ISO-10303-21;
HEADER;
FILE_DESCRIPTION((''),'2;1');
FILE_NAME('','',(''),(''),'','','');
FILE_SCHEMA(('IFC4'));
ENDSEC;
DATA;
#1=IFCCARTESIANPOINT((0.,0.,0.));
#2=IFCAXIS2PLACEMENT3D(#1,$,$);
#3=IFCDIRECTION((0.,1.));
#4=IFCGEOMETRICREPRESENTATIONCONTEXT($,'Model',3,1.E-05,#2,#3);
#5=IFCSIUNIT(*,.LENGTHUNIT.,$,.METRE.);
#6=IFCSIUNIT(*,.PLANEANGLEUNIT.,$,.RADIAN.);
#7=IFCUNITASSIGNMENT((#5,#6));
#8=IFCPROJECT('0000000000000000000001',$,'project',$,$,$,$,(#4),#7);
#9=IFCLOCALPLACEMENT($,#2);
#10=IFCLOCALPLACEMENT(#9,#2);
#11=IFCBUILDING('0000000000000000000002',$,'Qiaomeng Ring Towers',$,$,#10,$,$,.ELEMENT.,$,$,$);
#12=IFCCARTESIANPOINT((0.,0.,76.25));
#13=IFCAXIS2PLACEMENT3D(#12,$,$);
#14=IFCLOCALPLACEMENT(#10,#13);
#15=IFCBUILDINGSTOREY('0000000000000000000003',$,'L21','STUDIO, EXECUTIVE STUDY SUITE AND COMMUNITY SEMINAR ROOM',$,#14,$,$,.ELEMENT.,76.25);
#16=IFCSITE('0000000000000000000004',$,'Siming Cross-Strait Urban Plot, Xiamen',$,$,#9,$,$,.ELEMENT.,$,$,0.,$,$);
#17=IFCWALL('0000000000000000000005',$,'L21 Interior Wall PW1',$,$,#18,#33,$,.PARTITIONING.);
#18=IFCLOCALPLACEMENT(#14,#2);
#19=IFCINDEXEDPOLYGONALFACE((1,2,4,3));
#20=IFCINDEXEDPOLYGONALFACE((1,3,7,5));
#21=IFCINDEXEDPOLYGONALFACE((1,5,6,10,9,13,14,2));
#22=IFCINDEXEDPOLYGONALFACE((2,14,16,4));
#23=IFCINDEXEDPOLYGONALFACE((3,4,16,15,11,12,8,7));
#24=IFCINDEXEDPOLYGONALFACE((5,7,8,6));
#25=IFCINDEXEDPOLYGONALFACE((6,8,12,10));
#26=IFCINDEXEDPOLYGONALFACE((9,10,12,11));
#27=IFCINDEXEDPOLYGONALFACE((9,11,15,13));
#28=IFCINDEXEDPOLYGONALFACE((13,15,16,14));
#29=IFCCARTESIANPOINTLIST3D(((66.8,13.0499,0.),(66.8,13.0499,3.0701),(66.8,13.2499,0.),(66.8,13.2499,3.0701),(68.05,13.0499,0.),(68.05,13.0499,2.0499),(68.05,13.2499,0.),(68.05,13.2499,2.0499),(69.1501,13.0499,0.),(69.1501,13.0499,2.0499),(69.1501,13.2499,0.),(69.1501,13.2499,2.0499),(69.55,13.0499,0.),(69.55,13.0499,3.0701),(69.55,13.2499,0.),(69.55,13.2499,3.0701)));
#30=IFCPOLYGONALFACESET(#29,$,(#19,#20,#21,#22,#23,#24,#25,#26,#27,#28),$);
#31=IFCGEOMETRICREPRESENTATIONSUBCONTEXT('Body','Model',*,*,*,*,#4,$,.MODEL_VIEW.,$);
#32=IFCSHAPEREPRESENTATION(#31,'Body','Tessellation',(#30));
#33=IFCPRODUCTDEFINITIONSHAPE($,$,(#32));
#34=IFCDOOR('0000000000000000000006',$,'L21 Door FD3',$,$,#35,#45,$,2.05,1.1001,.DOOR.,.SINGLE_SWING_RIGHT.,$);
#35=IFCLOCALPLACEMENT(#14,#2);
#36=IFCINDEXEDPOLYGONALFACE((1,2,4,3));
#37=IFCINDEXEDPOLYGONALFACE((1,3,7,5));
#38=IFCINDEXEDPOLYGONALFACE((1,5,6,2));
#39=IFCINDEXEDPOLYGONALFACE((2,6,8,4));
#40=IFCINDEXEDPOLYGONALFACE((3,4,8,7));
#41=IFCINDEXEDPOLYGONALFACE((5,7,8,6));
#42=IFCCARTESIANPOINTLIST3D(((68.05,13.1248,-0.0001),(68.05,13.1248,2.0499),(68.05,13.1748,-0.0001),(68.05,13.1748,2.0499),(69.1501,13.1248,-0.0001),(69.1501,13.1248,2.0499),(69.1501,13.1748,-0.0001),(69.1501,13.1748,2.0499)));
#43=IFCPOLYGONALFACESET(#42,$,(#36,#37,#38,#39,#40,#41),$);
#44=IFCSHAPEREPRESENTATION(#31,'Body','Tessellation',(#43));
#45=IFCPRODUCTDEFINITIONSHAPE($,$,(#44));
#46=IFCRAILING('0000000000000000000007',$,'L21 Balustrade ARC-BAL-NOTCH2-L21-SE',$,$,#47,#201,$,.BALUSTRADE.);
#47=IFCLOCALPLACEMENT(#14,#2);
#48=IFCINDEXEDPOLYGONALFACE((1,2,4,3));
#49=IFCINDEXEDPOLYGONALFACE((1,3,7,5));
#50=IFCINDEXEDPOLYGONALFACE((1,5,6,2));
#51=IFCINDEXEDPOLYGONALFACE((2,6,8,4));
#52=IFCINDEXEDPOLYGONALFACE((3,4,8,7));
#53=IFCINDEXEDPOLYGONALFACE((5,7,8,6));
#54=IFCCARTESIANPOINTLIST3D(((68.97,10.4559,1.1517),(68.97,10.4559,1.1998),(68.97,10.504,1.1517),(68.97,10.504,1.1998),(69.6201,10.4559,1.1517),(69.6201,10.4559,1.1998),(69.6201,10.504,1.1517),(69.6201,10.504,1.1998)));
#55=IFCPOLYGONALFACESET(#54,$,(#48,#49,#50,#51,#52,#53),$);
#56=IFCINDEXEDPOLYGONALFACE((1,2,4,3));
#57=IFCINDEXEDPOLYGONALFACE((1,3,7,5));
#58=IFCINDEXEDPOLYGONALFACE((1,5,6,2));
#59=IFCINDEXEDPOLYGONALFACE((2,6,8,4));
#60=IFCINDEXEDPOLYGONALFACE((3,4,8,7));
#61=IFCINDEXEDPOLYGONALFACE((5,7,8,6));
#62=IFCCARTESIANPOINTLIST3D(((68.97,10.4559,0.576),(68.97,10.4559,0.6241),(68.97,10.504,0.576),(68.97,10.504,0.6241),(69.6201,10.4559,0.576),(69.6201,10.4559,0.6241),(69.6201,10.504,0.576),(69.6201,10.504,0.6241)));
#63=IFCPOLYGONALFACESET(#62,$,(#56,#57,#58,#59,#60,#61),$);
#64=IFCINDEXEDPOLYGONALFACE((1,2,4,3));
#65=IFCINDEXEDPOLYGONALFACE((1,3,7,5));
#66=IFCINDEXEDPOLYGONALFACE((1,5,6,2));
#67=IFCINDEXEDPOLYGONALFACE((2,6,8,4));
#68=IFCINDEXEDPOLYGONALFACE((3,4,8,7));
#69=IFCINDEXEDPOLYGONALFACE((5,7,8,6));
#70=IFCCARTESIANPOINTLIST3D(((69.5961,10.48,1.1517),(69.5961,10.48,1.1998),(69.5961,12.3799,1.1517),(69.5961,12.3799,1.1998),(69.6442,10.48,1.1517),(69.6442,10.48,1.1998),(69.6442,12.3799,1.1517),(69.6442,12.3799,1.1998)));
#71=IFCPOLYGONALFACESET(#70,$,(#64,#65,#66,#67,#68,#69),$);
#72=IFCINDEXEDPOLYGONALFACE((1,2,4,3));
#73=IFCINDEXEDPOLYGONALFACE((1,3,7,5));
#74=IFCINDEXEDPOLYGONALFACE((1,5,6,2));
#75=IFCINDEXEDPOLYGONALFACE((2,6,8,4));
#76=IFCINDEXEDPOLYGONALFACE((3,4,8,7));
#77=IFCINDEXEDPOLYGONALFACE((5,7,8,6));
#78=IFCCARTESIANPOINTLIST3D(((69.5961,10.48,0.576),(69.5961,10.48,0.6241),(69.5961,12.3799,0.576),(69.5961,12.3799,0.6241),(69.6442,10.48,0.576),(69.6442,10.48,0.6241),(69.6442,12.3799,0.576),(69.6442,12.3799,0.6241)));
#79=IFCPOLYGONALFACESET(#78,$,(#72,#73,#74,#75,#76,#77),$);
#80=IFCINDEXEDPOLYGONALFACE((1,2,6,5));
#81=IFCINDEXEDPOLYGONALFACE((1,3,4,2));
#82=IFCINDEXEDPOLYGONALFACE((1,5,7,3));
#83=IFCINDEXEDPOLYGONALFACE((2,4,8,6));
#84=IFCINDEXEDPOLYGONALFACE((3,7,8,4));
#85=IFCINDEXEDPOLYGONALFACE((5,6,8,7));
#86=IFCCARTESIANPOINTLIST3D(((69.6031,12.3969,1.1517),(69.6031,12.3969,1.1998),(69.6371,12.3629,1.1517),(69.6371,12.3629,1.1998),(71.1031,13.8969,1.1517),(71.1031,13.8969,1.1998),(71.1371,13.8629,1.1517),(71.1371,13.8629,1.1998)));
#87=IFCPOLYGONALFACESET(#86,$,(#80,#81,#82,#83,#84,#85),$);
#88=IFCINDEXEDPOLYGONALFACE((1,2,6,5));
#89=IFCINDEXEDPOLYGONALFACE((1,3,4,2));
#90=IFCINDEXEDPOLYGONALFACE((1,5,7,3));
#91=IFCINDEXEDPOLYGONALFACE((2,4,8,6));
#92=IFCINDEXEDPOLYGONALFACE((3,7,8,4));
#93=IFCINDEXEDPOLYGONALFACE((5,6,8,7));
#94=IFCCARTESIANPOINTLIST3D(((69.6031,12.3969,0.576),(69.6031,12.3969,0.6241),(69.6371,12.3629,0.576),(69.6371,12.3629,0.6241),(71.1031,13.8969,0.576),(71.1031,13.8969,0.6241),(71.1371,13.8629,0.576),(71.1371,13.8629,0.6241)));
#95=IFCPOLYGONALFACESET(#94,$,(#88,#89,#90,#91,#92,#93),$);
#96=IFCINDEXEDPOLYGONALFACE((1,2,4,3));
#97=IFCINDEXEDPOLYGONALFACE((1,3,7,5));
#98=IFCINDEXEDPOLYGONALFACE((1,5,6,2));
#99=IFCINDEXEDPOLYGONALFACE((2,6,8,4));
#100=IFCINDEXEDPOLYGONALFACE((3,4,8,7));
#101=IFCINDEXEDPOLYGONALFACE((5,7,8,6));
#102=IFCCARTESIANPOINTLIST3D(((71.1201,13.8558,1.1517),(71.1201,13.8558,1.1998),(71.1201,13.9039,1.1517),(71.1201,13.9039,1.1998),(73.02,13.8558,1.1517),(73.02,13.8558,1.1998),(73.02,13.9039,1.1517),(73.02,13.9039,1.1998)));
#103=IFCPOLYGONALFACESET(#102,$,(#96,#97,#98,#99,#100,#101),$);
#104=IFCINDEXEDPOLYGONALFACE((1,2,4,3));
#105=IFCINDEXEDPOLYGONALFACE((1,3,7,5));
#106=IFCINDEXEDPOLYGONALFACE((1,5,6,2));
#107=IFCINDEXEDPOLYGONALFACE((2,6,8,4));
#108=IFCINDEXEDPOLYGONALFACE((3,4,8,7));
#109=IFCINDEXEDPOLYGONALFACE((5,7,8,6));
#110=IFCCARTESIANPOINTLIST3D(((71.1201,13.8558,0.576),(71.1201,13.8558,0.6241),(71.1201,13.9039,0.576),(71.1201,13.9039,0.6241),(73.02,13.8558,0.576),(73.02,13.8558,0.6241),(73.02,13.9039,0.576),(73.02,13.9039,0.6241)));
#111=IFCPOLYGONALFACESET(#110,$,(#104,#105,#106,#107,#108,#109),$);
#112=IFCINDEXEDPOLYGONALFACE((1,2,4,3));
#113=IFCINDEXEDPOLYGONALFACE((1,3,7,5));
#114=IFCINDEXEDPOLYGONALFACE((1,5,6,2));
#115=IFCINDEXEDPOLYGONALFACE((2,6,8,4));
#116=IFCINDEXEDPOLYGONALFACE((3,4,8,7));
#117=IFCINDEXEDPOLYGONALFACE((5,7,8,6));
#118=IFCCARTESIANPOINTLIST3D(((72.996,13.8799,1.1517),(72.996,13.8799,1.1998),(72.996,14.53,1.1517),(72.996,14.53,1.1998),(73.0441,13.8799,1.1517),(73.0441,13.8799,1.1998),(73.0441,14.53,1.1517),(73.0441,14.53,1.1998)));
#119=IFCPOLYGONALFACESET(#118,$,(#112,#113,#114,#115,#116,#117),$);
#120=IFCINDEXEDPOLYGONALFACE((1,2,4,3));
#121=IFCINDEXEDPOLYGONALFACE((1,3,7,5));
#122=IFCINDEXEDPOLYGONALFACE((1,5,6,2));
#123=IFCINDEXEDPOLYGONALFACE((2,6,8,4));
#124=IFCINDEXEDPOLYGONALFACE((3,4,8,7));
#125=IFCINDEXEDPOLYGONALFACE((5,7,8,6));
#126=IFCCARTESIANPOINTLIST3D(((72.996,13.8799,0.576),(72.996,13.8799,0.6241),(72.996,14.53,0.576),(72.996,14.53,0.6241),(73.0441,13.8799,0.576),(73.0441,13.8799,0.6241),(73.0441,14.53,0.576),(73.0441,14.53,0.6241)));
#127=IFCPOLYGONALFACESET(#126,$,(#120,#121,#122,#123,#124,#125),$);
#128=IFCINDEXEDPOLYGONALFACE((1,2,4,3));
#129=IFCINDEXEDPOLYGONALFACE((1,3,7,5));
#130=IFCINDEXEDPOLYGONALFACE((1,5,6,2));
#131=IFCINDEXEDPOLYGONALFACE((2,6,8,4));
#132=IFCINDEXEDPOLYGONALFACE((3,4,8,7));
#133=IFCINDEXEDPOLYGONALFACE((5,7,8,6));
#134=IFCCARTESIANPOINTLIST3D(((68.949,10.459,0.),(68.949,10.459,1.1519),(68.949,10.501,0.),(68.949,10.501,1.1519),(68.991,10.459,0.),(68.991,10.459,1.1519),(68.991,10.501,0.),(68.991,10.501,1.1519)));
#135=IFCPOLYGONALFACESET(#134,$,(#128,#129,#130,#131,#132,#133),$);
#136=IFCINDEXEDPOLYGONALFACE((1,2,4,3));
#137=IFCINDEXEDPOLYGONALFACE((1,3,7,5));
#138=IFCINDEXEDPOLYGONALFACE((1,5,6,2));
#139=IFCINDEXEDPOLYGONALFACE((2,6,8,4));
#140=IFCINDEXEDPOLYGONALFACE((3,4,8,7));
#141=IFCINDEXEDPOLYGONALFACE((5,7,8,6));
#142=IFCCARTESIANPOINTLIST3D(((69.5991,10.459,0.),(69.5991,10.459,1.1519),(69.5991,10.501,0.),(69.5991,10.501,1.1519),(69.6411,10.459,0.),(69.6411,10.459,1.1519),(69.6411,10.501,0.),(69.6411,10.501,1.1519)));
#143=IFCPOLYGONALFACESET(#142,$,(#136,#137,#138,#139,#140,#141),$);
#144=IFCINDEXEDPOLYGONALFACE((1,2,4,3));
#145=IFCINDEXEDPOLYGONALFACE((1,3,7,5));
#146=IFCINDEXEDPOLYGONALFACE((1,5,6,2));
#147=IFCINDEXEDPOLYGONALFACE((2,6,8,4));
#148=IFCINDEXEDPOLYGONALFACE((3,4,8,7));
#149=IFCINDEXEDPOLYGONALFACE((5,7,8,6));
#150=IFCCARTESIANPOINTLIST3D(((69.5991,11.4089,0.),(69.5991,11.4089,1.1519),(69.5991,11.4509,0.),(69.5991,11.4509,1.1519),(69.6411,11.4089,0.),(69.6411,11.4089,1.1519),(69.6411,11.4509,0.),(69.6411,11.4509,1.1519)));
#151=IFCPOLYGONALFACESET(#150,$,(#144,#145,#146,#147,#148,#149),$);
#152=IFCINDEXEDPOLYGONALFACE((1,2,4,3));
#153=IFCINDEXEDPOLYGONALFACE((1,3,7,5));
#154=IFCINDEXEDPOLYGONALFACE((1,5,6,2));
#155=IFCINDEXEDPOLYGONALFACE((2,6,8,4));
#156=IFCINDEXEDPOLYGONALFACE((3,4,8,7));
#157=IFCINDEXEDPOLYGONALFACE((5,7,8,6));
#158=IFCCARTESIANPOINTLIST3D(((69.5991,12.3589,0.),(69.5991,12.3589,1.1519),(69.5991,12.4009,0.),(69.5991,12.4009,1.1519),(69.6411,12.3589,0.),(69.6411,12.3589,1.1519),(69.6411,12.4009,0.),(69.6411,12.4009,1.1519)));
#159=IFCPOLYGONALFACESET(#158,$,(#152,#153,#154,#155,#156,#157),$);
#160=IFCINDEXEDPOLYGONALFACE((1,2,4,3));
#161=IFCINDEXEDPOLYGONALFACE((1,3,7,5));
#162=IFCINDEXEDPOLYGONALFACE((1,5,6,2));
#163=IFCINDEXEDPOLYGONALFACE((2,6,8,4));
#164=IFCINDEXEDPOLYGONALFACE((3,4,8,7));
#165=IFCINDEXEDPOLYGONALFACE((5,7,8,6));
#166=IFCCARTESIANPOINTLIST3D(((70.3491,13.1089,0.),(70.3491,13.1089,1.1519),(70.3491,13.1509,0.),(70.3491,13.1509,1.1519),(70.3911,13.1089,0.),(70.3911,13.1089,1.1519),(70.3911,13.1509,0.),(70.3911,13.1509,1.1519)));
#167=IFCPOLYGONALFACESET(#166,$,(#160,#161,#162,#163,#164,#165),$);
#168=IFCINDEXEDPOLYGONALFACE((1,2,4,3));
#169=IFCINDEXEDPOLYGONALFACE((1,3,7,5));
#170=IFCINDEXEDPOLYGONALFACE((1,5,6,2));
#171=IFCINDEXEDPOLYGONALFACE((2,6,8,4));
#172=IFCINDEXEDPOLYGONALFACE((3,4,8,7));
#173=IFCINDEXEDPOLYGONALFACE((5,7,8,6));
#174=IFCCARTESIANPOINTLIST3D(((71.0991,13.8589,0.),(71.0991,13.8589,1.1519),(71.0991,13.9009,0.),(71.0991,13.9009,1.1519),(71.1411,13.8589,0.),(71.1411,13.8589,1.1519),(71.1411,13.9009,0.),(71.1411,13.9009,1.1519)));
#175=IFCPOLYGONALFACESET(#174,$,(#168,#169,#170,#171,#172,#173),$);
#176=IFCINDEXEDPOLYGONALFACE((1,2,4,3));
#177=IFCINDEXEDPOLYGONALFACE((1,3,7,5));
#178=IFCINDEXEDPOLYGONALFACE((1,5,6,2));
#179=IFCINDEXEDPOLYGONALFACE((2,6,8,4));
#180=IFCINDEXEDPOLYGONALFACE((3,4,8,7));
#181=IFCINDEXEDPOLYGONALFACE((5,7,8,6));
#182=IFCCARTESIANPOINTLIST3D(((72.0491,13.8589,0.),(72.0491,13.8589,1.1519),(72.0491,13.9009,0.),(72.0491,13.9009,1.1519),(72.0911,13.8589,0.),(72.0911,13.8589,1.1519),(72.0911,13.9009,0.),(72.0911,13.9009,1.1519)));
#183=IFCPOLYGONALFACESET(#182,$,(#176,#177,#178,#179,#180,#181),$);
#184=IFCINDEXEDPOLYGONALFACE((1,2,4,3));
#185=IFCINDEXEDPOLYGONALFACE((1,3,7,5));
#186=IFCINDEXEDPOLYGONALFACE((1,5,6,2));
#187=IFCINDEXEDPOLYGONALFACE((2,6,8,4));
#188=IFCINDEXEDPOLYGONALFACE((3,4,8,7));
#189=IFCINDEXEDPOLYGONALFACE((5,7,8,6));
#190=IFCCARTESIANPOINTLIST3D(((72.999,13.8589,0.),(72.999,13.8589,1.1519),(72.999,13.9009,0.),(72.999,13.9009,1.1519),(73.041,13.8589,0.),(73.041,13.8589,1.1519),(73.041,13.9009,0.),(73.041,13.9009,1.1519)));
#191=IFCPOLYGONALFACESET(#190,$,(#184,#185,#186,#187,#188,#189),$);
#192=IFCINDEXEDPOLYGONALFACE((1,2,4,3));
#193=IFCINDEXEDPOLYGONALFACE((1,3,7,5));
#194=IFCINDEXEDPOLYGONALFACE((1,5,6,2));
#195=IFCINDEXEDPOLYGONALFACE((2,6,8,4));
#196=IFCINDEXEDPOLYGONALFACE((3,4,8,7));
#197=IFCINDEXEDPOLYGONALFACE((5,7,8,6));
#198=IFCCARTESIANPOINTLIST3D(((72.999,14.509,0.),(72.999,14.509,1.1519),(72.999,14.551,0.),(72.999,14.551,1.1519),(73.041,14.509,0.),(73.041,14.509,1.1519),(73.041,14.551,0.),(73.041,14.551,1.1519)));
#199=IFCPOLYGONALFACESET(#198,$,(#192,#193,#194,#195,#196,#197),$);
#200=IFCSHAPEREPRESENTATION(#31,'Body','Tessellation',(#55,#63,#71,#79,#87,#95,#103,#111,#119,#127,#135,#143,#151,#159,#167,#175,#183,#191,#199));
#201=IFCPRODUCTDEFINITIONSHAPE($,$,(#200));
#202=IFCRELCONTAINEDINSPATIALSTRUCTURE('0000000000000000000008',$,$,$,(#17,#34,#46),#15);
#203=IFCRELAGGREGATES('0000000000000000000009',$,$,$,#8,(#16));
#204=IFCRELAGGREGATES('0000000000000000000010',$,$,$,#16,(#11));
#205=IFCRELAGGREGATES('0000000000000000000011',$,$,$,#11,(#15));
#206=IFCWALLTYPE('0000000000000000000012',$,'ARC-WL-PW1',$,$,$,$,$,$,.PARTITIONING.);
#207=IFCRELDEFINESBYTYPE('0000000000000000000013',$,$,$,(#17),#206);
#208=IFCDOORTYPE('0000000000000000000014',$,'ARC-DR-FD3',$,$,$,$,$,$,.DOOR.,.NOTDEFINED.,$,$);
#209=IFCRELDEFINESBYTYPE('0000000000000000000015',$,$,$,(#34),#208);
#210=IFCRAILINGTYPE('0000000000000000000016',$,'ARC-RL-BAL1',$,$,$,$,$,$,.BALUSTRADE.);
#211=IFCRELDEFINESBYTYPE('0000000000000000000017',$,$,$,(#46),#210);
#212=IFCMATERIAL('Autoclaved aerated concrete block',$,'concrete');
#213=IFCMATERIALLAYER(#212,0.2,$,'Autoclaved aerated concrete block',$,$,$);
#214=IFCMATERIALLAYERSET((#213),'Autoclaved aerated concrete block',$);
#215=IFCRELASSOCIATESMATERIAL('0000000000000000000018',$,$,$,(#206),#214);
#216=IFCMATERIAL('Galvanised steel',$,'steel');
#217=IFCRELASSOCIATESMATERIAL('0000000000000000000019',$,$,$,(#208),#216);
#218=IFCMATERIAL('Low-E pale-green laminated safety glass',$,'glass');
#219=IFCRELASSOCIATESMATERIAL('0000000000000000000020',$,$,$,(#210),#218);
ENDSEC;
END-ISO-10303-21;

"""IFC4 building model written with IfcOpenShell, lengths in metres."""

from ifc_helpers import new_model, si_unit, direction, frame, frame_2d, origin, origin_2d, place, context, subcontext, project, spatial, rectangle, extrude, source, transform, mapped, material, layer, layer_set, type_object, element, fill, save


model = new_model("IFC4")

# Units and contexts
model_context = context("Model", 3, precision=1e-05, world=origin(), true_north=direction((0.0, 1.0)))
body_context = subcontext(model_context, "Body", "Model", "MODEL_VIEW")
ifc_project = project(units=[si_unit("LENGTHUNIT", "METRE"), si_unit("PLANEANGLEUNIT", "RADIAN")], contexts=[model_context])

# Site, building, storey
site_placement = place(None, origin())
site = spatial("IfcSite", under=ifc_project, at=site_placement, Name="Siming Cross-Strait Urban Plot, Xiamen", CompositionType="ELEMENT", RefElevation=0.0)
building_placement = place(site_placement, origin())
building = spatial("IfcBuilding", under=site, at=building_placement, Name="Qiaomeng Ring Towers", CompositionType="ELEMENT")
storey_placement = place(building_placement, frame((0.0, 0.0, 76.25)))
storey = spatial("IfcBuildingStorey", under=building, at=storey_placement, Name="L21", Description="STUDIO, EXECUTIVE STUDY SUITE AND COMMUNITY SEMINAR ROOM", CompositionType="ELEMENT", Elevation=76.25)

# Shared definitions
ifc_material_1 = material(Name="Autoclaved aerated concrete block", Category="concrete")
ifc_layer_1 = layer(ifc_material_1, 0.2, Name="Autoclaved aerated concrete block")
ifc_layer_set_1 = layer_set([ifc_layer_1], Name="Autoclaved aerated concrete block")
wall_type_1 = type_object("IfcWallType", Name="ARC-WL-PW1", PredefinedType="PARTITIONING", material=ifc_layer_set_1)

# Wall, opening, door
wall_1_placement = place(storey_placement, frame((66.8, 13.1499, 0.0), z_axis=(0.0, 0.0, 1.0), x_axis=(1.0, 0.0, 0.0)))
wall_1 = element("IfcWall", 1, at=wall_1_placement, inside=storey, type_object=wall_type_1, Name="L21 Interior Wall PW1", PredefinedType="PARTITIONING", context=body_context, shape_type="SweptSolid", body=[
    extrude(rectangle(XDim=2.75, YDim=0.2, at=frame_2d((1.375, 0.0))), origin(), (0.0, 0.0, 1.0), 3.0701),
])
opening_1_placement = place(wall_1_placement, frame((1.25, 0.0, 0.0)))
opening_1 = element("IfcOpeningElement", 2, at=opening_1_placement, cuts=wall_1, PredefinedType="OPENING", context=body_context, shape_type="SweptSolid", body=[
    extrude(rectangle(XDim=1.1001, YDim=2.05, at=frame_2d((0.55, 1.0249))), frame((0.0, 0.1099, 0.0), z_axis=(0.0, -1.0, 0.0), x_axis=(1.0, 0.0, 0.0)), (0.0, 0.0, 1.0), 0.22),
])
ifc_material_2 = material(Name="Galvanised steel", Category="steel")
door_type_1 = type_object("IfcDoorType", Name="ARC-DR-FD3", OperationType="NOTDEFINED", PredefinedType="DOOR", material=ifc_material_2)
shared_shape_1 = source(origin(), body_context, "Body", "SweptSolid", [
    extrude(rectangle(XDim=1.1001, YDim=2.05, at=frame_2d((0.55, 1.0249))), frame((0.0, 0.0249, 0.0), z_axis=(0.0, -1.0, 0.0), x_axis=(1.0, 0.0, 0.0)), (0.0, 0.0, 1.0), 0.05),
])
door_1_placement = place(opening_1_placement, origin())
door_1 = element("IfcDoor", 3, at=door_1_placement, inside=storey, type_object=door_type_1, Name="L21 Door FD3", OperationType="SINGLE_SWING_RIGHT", OverallHeight=2.05, OverallWidth=1.1001, PredefinedType="DOOR", context=body_context, shape_type="MappedRepresentation", body=[
    mapped(shared_shape_1, transform((0.0, 0.0, 0.0), x_axis=(1.0, 0.0, 0.0), y_axis=(0.0, 1.0, 0.0), z_axis=(0.0, 0.0, 1.0), scale=1.0)),
])
fill(opening_1, door_1)

# Railing
ifc_material_3 = material(Name="Low-E pale-green laminated safety glass", Category="glass")
railing_type = type_object("IfcRailingType", Name="ARC-RL-BAL1", PredefinedType="BALUSTRADE", material=ifc_material_3)
railing_placement = place(storey_placement, frame((68.97, 10.48, 0.0)))
element("IfcRailing", 4, at=railing_placement, inside=storey, type_object=railing_type, Name="L21 Balustrade ARC-BAL-NOTCH2-L21-SE", PredefinedType="BALUSTRADE", context=body_context, shape_type="SweptSolid", body=[
    extrude(rectangle(XDim=0.0481, YDim=0.0481, at=origin_2d()), frame((0.0, 0.0, 1.1758), z_axis=(1.0, 0.0, 0.0), x_axis=(0.0, 1.0, 0.0)), (0.0, 0.0, 1.0), 0.6501),
    extrude(rectangle(XDim=0.0481, YDim=0.0481, at=origin_2d()), frame((0.0, 0.0, 0.6001), z_axis=(1.0, 0.0, 0.0), x_axis=(0.0, 1.0, 0.0)), (0.0, 0.0, 1.0), 0.6501),
    extrude(rectangle(XDim=0.0481, YDim=0.0481, at=origin_2d()), frame((0.6501, 0.0, 1.1758), z_axis=(0.0, 1.0, 0.0), x_axis=(-1.0, 0.0, 0.0)), (0.0, 0.0, 1.0), 1.8999),
    extrude(rectangle(XDim=0.0481, YDim=0.0481, at=origin_2d()), frame((0.6501, 0.0, 0.6001), z_axis=(0.0, 1.0, 0.0), x_axis=(-1.0, 0.0, 0.0)), (0.0, 0.0, 1.0), 1.8999),
    extrude(rectangle(XDim=0.0481, YDim=0.0481, at=origin_2d()), frame((0.6501, 1.8999, 1.1758), z_axis=(0.707107, 0.707107, 0.0), x_axis=(-0.707107, 0.707107, 0.0)), (0.0, 0.0, 1.0), 2.1213),
    extrude(rectangle(XDim=0.0481, YDim=0.0481, at=origin_2d()), frame((0.6501, 1.8999, 0.6001), z_axis=(0.707107, 0.707107, 0.0), x_axis=(-0.707107, 0.707107, 0.0)), (0.0, 0.0, 1.0), 2.1213),
    extrude(rectangle(XDim=0.0481, YDim=0.0481, at=origin_2d()), frame((2.1501, 3.3999, 1.1758), z_axis=(1.0, 0.0, 0.0), x_axis=(0.0, 1.0, 0.0)), (0.0, 0.0, 1.0), 1.8999),
    extrude(rectangle(XDim=0.0481, YDim=0.0481, at=origin_2d()), frame((2.1501, 3.3999, 0.6001), z_axis=(1.0, 0.0, 0.0), x_axis=(0.0, 1.0, 0.0)), (0.0, 0.0, 1.0), 1.8999),
    extrude(rectangle(XDim=0.0481, YDim=0.0481, at=origin_2d()), frame((4.05, 3.3999, 1.1758), z_axis=(0.0, 1.0, 0.0), x_axis=(-1.0, 0.0, 0.0)), (0.0, 0.0, 1.0), 0.6501),
    extrude(rectangle(XDim=0.0481, YDim=0.0481, at=origin_2d()), frame((4.05, 3.3999, 0.6001), z_axis=(0.0, 1.0, 0.0), x_axis=(-1.0, 0.0, 0.0)), (0.0, 0.0, 1.0), 0.6501),
    extrude(rectangle(XDim=0.042, YDim=0.042, at=origin_2d()), origin(), (0.0, 0.0, 1.0), 1.1519),
    extrude(rectangle(XDim=0.042, YDim=0.042, at=origin_2d()), frame((0.6501, 0.0, 0.0)), (0.0, 0.0, 1.0), 1.1519),
    extrude(rectangle(XDim=0.042, YDim=0.042, at=origin_2d()), frame((0.6501, 0.95, 0.0)), (0.0, 0.0, 1.0), 1.1519),
    extrude(rectangle(XDim=0.042, YDim=0.042, at=origin_2d()), frame((0.6501, 1.8999, 0.0)), (0.0, 0.0, 1.0), 1.1519),
    extrude(rectangle(XDim=0.042, YDim=0.042, at=origin_2d()), frame((1.4001, 2.6499, 0.0)), (0.0, 0.0, 1.0), 1.1519),
    extrude(rectangle(XDim=0.042, YDim=0.042, at=origin_2d()), frame((2.1501, 3.3999, 0.0)), (0.0, 0.0, 1.0), 1.1519),
    extrude(rectangle(XDim=0.042, YDim=0.042, at=origin_2d()), frame((3.1001, 3.3999, 0.0)), (0.0, 0.0, 1.0), 1.1519),
    extrude(rectangle(XDim=0.042, YDim=0.042, at=origin_2d()), frame((4.05, 3.3999, 0.0)), (0.0, 0.0, 1.0), 1.1519),
    extrude(rectangle(XDim=0.042, YDim=0.042, at=origin_2d()), frame((4.05, 4.05, 0.0)), (0.0, 0.0, 1.0), 1.1519),
])

save(model, "model.ifc")
